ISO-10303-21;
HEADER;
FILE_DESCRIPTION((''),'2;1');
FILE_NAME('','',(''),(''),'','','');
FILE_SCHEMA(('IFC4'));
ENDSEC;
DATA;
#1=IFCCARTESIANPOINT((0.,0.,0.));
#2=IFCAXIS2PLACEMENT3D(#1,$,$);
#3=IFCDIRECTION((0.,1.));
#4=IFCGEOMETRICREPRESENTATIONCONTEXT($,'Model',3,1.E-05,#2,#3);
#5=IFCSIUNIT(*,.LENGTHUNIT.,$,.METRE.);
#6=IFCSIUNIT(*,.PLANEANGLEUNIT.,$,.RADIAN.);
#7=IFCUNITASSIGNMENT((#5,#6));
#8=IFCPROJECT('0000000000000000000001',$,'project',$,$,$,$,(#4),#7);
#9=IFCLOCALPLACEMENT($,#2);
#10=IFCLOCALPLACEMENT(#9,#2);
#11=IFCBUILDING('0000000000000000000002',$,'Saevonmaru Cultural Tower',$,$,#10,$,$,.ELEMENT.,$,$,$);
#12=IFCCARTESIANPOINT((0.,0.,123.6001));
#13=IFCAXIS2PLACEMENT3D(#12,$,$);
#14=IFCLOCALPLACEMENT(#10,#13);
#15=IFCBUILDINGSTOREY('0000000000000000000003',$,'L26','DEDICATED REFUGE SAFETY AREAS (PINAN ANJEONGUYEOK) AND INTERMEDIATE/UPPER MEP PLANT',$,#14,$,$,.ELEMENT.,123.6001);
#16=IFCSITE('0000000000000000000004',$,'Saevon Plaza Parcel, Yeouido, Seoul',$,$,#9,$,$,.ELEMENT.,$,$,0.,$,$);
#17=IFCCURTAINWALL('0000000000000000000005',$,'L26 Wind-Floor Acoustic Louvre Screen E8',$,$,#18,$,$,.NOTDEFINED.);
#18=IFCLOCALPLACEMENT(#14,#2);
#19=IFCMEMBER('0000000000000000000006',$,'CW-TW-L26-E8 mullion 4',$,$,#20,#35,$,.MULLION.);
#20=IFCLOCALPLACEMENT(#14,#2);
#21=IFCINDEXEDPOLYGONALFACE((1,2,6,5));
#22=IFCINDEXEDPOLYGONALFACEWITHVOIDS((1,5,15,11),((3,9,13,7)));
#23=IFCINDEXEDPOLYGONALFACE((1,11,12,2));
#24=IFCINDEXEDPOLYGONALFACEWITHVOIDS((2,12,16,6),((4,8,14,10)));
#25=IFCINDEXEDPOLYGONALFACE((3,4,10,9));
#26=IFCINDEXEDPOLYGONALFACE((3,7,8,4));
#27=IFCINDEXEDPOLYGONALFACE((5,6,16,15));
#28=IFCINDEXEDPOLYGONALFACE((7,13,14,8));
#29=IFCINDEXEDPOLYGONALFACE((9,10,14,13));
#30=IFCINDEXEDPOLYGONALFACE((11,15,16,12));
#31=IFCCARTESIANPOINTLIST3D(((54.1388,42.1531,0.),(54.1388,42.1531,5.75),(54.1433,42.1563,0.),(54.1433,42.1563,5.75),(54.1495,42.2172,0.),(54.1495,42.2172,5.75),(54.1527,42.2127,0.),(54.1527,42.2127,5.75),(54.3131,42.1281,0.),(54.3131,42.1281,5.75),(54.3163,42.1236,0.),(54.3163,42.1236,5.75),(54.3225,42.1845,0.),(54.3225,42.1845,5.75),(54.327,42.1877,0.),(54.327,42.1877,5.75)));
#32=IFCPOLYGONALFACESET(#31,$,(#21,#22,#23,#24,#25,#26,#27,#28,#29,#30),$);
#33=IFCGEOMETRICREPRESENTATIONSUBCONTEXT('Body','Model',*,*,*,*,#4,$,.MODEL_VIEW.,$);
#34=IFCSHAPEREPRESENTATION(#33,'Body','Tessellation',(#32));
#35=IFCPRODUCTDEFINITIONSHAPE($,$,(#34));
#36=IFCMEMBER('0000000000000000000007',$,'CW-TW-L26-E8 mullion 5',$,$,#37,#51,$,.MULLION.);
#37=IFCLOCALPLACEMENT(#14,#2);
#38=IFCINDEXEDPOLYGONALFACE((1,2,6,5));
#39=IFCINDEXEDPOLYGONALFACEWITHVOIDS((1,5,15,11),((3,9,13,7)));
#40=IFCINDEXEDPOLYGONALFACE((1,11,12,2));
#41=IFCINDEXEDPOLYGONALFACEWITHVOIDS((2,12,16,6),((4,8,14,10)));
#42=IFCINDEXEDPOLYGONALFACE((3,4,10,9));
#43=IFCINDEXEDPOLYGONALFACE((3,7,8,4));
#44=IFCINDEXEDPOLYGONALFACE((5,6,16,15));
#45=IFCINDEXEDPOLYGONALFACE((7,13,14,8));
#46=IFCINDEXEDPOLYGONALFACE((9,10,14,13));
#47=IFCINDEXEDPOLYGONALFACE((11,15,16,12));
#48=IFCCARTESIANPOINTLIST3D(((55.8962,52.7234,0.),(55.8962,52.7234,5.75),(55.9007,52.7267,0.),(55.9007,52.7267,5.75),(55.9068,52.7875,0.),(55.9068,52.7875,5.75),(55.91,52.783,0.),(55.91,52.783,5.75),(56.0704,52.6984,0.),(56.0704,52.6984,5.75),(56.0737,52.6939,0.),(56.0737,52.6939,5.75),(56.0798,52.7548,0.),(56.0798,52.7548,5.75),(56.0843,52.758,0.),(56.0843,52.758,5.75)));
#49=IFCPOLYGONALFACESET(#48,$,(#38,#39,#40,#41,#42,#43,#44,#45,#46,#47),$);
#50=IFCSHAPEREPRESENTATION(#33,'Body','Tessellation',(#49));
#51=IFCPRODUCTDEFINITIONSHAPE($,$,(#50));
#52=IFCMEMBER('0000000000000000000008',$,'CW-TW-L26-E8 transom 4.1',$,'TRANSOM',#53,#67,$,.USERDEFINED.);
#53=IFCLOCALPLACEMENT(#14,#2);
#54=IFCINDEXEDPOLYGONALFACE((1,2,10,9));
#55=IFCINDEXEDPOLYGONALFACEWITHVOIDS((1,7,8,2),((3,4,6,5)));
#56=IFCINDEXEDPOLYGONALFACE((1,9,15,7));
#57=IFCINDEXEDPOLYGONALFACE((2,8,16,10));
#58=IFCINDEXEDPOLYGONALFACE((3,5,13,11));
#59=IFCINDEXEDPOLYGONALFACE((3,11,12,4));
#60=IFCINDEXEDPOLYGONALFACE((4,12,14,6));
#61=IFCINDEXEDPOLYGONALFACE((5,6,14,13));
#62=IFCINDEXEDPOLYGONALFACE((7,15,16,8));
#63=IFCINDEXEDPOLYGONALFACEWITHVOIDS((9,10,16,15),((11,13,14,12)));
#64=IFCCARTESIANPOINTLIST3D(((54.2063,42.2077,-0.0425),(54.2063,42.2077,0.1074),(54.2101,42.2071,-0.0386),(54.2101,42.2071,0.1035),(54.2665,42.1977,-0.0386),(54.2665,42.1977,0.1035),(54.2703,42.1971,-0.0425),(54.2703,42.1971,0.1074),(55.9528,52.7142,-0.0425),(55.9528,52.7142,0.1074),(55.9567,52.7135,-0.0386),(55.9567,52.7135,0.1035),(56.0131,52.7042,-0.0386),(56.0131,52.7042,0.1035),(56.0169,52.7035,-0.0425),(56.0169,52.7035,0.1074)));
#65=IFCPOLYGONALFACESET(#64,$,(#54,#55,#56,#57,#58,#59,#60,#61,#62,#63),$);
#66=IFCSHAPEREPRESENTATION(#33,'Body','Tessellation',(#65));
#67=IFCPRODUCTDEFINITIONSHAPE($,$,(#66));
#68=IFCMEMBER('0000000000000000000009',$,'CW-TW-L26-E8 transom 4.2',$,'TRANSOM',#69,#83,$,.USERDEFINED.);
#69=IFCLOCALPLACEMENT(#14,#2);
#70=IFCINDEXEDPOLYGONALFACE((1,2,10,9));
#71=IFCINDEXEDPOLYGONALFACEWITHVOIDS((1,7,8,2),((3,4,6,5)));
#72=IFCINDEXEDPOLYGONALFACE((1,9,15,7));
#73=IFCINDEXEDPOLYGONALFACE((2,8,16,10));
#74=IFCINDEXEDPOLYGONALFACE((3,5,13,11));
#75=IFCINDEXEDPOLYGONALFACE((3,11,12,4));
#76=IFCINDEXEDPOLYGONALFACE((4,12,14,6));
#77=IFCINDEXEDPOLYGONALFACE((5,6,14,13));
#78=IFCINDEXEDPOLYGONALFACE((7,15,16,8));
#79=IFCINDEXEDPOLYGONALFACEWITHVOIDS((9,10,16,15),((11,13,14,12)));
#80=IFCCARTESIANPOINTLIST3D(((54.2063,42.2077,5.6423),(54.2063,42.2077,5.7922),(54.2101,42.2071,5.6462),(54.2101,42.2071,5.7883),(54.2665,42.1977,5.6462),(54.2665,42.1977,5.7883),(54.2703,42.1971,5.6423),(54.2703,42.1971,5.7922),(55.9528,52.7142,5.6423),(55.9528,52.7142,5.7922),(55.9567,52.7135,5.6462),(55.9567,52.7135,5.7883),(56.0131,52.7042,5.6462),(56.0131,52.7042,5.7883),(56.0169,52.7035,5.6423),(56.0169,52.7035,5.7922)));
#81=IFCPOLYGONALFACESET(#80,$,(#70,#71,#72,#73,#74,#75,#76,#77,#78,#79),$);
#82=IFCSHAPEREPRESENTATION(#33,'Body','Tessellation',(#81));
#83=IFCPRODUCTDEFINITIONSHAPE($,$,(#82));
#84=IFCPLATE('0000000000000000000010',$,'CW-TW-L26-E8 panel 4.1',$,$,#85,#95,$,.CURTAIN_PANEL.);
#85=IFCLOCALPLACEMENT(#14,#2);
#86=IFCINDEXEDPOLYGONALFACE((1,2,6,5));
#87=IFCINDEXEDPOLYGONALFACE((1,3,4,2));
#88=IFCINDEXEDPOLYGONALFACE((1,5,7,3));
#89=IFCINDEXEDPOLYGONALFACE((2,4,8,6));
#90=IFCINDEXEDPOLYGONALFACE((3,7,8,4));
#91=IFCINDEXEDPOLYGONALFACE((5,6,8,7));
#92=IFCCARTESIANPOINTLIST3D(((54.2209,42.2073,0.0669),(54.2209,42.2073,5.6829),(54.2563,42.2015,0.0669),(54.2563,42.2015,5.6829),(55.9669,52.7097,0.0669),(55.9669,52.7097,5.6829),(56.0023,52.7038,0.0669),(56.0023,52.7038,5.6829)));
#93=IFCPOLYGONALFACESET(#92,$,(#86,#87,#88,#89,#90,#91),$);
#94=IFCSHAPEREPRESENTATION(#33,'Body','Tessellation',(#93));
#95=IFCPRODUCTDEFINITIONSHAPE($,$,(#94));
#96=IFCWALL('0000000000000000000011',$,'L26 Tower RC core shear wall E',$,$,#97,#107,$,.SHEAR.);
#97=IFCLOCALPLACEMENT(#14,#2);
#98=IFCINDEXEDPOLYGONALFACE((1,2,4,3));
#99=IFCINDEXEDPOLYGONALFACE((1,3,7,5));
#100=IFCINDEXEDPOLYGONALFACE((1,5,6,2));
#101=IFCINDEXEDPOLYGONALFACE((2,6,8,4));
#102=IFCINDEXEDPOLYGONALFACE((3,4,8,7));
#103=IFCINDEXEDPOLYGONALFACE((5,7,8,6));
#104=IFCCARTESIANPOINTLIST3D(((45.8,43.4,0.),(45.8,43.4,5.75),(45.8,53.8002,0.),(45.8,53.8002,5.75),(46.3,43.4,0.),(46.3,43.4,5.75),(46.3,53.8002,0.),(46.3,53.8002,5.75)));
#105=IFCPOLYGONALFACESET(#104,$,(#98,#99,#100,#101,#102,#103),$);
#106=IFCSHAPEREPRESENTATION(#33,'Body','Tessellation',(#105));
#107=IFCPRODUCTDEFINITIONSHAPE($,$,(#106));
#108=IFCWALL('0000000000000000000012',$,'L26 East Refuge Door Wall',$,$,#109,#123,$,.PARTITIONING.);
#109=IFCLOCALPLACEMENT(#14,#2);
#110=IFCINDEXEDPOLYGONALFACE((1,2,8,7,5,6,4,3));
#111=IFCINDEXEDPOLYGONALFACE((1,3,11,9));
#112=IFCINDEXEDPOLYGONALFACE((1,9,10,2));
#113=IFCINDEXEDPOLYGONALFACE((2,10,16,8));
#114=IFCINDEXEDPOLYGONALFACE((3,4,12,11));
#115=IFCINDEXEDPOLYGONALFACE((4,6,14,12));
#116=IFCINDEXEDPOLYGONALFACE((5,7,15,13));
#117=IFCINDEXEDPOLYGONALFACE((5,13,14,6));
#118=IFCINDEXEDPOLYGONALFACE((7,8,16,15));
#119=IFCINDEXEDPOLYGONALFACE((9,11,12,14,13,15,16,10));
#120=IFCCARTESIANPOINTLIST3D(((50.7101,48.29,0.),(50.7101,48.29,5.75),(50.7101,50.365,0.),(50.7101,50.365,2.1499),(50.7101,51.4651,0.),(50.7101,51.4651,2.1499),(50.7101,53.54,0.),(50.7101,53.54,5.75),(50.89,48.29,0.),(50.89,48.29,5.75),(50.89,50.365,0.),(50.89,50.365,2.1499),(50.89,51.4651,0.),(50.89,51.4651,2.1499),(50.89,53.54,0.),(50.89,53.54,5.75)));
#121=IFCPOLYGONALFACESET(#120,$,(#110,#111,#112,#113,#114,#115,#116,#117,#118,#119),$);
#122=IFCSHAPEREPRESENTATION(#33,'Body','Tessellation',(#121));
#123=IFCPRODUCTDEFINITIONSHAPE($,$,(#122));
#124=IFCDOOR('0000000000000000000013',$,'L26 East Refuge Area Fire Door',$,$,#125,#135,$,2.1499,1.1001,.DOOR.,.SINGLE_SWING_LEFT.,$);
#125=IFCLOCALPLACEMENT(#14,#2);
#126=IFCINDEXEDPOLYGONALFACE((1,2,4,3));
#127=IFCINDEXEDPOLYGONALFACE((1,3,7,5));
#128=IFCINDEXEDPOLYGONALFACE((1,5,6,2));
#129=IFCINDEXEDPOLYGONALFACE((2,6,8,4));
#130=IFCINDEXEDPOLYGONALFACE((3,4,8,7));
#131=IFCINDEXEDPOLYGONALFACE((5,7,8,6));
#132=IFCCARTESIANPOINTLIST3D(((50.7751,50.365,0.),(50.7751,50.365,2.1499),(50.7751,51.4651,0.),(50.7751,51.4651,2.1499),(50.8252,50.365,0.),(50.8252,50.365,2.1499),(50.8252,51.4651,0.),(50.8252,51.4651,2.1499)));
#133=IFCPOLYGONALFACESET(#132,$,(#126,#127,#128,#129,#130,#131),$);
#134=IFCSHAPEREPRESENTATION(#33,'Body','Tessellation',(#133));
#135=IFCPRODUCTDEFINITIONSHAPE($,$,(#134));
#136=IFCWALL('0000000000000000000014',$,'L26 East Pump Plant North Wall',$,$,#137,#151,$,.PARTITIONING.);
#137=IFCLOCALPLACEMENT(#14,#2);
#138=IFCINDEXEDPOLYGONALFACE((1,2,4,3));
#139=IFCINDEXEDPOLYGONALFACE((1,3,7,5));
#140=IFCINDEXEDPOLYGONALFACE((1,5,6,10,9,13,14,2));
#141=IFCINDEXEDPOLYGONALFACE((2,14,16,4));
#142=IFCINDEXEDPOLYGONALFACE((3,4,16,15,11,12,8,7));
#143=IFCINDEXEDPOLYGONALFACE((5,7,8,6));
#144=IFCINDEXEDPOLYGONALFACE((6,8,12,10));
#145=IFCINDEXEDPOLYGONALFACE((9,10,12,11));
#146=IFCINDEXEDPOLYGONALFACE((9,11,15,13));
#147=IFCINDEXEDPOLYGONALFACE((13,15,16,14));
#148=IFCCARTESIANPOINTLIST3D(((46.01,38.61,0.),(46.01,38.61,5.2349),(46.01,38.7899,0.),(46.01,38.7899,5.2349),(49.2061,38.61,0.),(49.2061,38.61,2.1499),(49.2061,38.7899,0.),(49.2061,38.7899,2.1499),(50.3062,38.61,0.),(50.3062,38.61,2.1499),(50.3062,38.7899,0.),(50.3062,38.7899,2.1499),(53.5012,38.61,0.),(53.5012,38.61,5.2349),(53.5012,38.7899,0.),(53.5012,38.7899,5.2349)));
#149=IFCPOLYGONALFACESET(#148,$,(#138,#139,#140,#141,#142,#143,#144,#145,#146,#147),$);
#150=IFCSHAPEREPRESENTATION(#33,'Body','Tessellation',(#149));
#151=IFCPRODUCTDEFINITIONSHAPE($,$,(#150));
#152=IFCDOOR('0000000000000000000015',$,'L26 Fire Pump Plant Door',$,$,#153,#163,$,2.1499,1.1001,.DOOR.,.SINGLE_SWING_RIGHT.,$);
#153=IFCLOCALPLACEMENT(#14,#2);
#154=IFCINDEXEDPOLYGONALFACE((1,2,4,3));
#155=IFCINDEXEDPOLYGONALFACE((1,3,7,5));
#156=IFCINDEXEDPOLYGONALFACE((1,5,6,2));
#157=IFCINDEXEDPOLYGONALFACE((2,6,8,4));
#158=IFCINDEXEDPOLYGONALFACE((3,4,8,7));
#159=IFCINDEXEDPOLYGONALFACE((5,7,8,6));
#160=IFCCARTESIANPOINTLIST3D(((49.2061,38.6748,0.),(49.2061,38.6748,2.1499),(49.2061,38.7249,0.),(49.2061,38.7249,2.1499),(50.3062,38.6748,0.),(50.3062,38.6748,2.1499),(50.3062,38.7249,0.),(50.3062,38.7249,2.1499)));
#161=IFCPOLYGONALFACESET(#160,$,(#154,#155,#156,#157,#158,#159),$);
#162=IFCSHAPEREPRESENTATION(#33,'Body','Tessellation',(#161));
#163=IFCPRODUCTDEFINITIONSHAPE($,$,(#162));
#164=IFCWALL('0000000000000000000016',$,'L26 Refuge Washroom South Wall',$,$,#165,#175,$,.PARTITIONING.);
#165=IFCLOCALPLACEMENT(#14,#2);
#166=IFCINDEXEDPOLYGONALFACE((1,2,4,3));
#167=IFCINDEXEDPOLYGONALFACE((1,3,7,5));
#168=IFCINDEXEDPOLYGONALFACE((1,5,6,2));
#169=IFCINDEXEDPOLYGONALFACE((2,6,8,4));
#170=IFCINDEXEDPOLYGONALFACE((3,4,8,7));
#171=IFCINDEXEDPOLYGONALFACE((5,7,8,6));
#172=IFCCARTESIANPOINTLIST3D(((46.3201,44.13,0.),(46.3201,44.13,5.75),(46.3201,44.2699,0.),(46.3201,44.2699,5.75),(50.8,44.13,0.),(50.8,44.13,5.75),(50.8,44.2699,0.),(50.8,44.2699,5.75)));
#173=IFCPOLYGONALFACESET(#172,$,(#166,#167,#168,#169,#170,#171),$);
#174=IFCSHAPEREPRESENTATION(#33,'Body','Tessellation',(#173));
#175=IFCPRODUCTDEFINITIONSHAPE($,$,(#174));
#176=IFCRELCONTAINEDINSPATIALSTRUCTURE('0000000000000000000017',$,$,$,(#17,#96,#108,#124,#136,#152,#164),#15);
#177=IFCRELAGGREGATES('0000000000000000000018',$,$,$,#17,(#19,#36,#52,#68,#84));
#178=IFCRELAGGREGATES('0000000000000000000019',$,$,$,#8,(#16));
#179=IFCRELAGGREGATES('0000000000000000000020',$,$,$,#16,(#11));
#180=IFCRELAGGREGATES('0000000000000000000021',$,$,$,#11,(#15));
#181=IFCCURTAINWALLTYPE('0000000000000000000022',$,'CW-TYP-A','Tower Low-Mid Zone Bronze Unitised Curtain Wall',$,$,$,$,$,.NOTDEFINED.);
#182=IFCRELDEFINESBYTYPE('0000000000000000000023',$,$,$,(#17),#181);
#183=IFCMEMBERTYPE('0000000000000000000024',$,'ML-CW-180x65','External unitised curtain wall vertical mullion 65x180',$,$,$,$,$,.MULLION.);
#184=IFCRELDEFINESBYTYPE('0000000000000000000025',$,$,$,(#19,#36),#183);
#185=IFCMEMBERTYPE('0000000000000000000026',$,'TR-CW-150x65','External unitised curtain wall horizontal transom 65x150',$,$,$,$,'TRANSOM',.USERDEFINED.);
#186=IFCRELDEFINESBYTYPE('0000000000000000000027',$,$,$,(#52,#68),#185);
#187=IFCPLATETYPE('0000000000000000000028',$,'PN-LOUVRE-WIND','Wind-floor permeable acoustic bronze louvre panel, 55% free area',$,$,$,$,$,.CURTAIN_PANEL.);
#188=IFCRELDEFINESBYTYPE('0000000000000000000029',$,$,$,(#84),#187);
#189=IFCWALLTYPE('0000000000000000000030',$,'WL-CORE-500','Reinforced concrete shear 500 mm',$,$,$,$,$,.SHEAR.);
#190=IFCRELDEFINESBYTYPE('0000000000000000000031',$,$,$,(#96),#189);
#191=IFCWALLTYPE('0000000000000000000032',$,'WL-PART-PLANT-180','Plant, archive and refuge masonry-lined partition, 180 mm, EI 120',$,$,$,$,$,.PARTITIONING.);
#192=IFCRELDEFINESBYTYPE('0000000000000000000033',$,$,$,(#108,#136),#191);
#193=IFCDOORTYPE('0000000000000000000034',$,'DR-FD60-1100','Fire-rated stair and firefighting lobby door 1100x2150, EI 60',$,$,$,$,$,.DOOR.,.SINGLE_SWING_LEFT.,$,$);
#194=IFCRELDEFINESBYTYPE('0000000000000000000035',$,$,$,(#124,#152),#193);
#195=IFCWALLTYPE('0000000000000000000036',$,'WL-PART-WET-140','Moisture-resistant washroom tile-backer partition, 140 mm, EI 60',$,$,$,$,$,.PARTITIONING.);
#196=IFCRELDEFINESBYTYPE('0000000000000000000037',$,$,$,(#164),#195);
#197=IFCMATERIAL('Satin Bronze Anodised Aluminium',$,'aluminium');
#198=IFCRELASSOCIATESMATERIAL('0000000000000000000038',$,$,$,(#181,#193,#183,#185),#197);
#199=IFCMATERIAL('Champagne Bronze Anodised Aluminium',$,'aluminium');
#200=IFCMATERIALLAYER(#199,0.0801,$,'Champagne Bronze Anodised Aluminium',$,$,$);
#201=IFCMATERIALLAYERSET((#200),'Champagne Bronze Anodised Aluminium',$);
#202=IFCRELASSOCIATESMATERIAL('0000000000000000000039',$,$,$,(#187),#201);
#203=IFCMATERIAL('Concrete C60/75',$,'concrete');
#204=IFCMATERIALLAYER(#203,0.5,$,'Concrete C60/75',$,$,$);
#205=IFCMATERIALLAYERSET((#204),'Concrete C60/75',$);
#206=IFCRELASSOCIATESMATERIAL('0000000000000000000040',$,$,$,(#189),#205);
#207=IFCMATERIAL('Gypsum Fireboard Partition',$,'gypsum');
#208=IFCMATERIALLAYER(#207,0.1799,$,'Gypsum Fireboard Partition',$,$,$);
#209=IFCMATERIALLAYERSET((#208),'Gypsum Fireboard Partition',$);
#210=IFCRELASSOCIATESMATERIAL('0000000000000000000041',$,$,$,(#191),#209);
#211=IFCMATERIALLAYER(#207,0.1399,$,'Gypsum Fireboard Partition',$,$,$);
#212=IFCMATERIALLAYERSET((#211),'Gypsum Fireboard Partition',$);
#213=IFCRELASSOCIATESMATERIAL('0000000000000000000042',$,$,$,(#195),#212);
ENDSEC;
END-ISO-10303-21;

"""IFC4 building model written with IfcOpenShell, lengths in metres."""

from ifc_helpers import new_model, si_unit, direction, frame, frame_2d, origin, origin_2d, place, context, subcontext, project, spatial, rectangle, hollow_rectangle, extrude, material, layer, layer_set, material_profile, profile_set, type_object, element, fill, aggregate, save


model = new_model("IFC4")

# Units and contexts
model_context = context("Model", 3, precision=1e-05, world=origin(), true_north=direction((0.0, 1.0)))
body_context = subcontext(model_context, "Body", "Model", "MODEL_VIEW")
ifc_project = project(units=[si_unit("LENGTHUNIT", "METRE"), si_unit("PLANEANGLEUNIT", "RADIAN")], contexts=[model_context])

# Site, building, storey
site_placement = place(None, origin())
site = spatial("IfcSite", under=ifc_project, at=site_placement, Name="Saevon Plaza Parcel, Yeouido, Seoul", CompositionType="ELEMENT", RefElevation=0.0)
building_placement = place(site_placement, origin())
building = spatial("IfcBuilding", under=site, at=building_placement, Name="Saevonmaru Cultural Tower", CompositionType="ELEMENT")
storey_placement = place(building_placement, frame((0.0, 0.0, 123.6001)))
storey = spatial("IfcBuildingStorey", under=building, at=storey_placement, Name="L26", Description="DEDICATED REFUGE SAFETY AREAS (PINAN ANJEONGUYEOK) AND INTERMEDIATE/UPPER MEP PLANT", CompositionType="ELEMENT", Elevation=123.6001)

# Curtain wall, members, plate
ifc_material_1 = material(Name="Satin Bronze Anodised Aluminium", Category="aluminium")
curtain_wall_type = type_object("IfcCurtainWallType", Name="CW-TYP-A", Description="Tower Low-Mid Zone Bronze Unitised Curtain Wall", PredefinedType="NOTDEFINED", material=ifc_material_1)
curtain_wall_placement = place(storey_placement, origin())
curtain_wall = element("IfcCurtainWall", 1, at=curtain_wall_placement, inside=storey, type_object=curtain_wall_type, Name="L26 Wind-Floor Acoustic Louvre Screen E8", PredefinedType="NOTDEFINED")
ifc_material_profile_1 = material_profile(ifc_material_1, hollow_rectangle(XDim=0.0649, YDim=0.1799, WallThickness=0.0039, at=origin_2d()), Name="ALU-MULL-180x65x4")
ifc_profile_set_1 = profile_set([ifc_material_profile_1], Name="Satin Bronze Anodised Aluminium")
member_type_1 = type_object("IfcMemberType", Name="ML-CW-180x65", Description="External unitised curtain wall vertical mullion 65x180", PredefinedType="MULLION", material=ifc_profile_set_1)
member_1_placement = place(storey_placement, frame((54.2329, 42.1704, 0.0), z_axis=(0.0, 0.0, 1.0), x_axis=(0.163999, 0.986461, 0.0)))
member_1 = element("IfcMember", 2, at=member_1_placement, type_object=member_type_1, Name="CW-TW-L26-E8 mullion 4", PredefinedType="MULLION", context=body_context, shape_type="SweptSolid", body=[
    extrude(hollow_rectangle(XDim=0.0649, YDim=0.1799, WallThickness=0.0039, at=origin_2d()), origin(), (0.0, 0.0, 1.0), 5.75),
])
member_2_placement = place(storey_placement, frame((55.9902, 52.7407, 0.0), z_axis=(0.0, 0.0, 1.0), x_axis=(0.163999, 0.986461, 0.0)))
member_2 = element("IfcMember", 3, at=member_2_placement, type_object=member_type_1, Name="CW-TW-L26-E8 mullion 5", PredefinedType="MULLION", context=body_context, shape_type="SweptSolid", body=[
    extrude(hollow_rectangle(XDim=0.0649, YDim=0.1799, WallThickness=0.0039, at=origin_2d()), origin(), (0.0, 0.0, 1.0), 5.75),
])
ifc_material_profile_2 = material_profile(ifc_material_1, hollow_rectangle(XDim=0.0649, YDim=0.1499, WallThickness=0.0039, at=origin_2d()), Name="ALU-TRAN-150x65x4")
ifc_profile_set_2 = profile_set([ifc_material_profile_2], Name="Satin Bronze Anodised Aluminium")
member_type_2 = type_object("IfcMemberType", Name="TR-CW-150x65", Description="External unitised curtain wall horizontal transom 65x150", ElementType="TRANSOM", PredefinedType="USERDEFINED", material=ifc_profile_set_2)
member_3_placement = place(storey_placement, frame((54.2383, 42.2024, 0.0325), z_axis=(0.16399, 0.986462, 0.0), x_axis=(-0.986462, 0.16399, 0.0)))
member_3 = element("IfcMember", 4, at=member_3_placement, type_object=member_type_2, Name="CW-TW-L26-E8 transom 4.1", ObjectType="TRANSOM", PredefinedType="USERDEFINED", context=body_context, shape_type="SweptSolid", body=[
    extrude(hollow_rectangle(XDim=0.0649, YDim=0.1499, WallThickness=0.0039, at=origin_2d()), origin(), (0.0, 0.0, 1.0), 10.6506),
])
member_4_placement = place(storey_placement, frame((54.2383, 42.2024, 5.7173), z_axis=(0.16399, 0.986462, 0.0), x_axis=(-0.986462, 0.16399, 0.0)))
member_4 = element("IfcMember", 5, at=member_4_placement, type_object=member_type_2, Name="CW-TW-L26-E8 transom 4.2", ObjectType="TRANSOM", PredefinedType="USERDEFINED", context=body_context, shape_type="SweptSolid", body=[
    extrude(hollow_rectangle(XDim=0.0649, YDim=0.1499, WallThickness=0.0039, at=origin_2d()), origin(), (0.0, 0.0, 1.0), 10.6506),
])
ifc_material_2 = material(Name="Champagne Bronze Anodised Aluminium", Category="aluminium")
ifc_layer_1 = layer(ifc_material_2, 0.0801, Name="Champagne Bronze Anodised Aluminium")
ifc_layer_set_1 = layer_set([ifc_layer_1], Name="Champagne Bronze Anodised Aluminium")
plate_type = type_object("IfcPlateType", Name="PN-LOUVRE-WIND", Description="Wind-floor permeable acoustic bronze louvre panel, 55% free area", PredefinedType="CURTAIN_PANEL", material=ifc_layer_set_1)
plate_placement = place(storey_placement, frame((55.1116, 47.4556, 0.0669), z_axis=(0.0, 0.0, 1.0), x_axis=(0.163999, 0.986461, 0.0)))
plate = element("IfcPlate", 6, at=plate_placement, type_object=plate_type, Name="CW-TW-L26-E8 panel 4.1", PredefinedType="CURTAIN_PANEL", context=body_context, shape_type="SweptSolid", body=[
    extrude(rectangle(XDim=10.6465, YDim=0.0359, at=origin_2d()), origin(), (0.0, 0.0, 1.0), 5.616),
])
aggregate(curtain_wall, [member_1, member_2, member_3, member_4, plate])

# Wall
ifc_material_3 = material(Name="Concrete C60/75", Category="concrete")
ifc_layer_2 = layer(ifc_material_3, 0.5, Name="Concrete C60/75")
ifc_layer_set_2 = layer_set([ifc_layer_2], Name="Concrete C60/75")
wall_type_1 = type_object("IfcWallType", Name="WL-CORE-500", Description="Reinforced concrete shear 500 mm", PredefinedType="SHEAR", material=ifc_layer_set_2)
wall_1_placement = place(storey_placement, frame((46.05, 43.3999, 0.0), z_axis=(0.0, 0.0, 1.0), x_axis=(0.0, 1.0, 0.0)))
element("IfcWall", 7, at=wall_1_placement, inside=storey, type_object=wall_type_1, Name="L26 Tower RC core shear wall E", PredefinedType="SHEAR", context=body_context, shape_type="SweptSolid", body=[
    extrude(rectangle(XDim=10.4001, YDim=0.5, at=frame_2d((5.2002, 0.0))), origin(), (0.0, 0.0, 1.0), 5.75),
])

# Walls, openings, doors
ifc_material_4 = material(Name="Gypsum Fireboard Partition", Category="gypsum")
ifc_layer_3 = layer(ifc_material_4, 0.1799, Name="Gypsum Fireboard Partition")
ifc_layer_set_3 = layer_set([ifc_layer_3], Name="Gypsum Fireboard Partition")
wall_type_2 = type_object("IfcWallType", Name="WL-PART-PLANT-180", Description="Plant, archive and refuge masonry-lined partition, 180 mm, EI 120", PredefinedType="PARTITIONING", material=ifc_layer_set_3)
wall_2_placement = place(storey_placement, frame((50.8, 48.29, 0.0), z_axis=(0.0, 0.0, 1.0), x_axis=(0.0, 1.0, 0.0)))
wall_2 = element("IfcWall", 8, at=wall_2_placement, inside=storey, type_object=wall_type_2, Name="L26 East Refuge Door Wall", PredefinedType="PARTITIONING", context=body_context, shape_type="SweptSolid", body=[
    extrude(rectangle(XDim=5.25, YDim=0.1799, at=frame_2d((2.625, 0.0))), origin(), (0.0, 0.0, 1.0), 5.75),
])
opening_1_placement = place(wall_2_placement, frame((2.075, 0.0, 0.0)))
opening_1 = element("IfcOpeningElement", 9, at=opening_1_placement, cuts=wall_2, PredefinedType="OPENING", context=body_context, shape_type="SweptSolid", body=[
    extrude(rectangle(XDim=1.1001, YDim=2.1499, at=frame_2d((0.55, 1.075))), frame((0.0, 0.1001, 0.0), z_axis=(0.0, -1.0, 0.0), x_axis=(1.0, 0.0, 0.0)), (0.0, 0.0, 1.0), 0.2),
])
door_type_1 = type_object("IfcDoorType", Name="DR-FD60-1100", Description="Fire-rated stair and firefighting lobby door 1100x2150, EI 60", OperationType="SINGLE_SWING_LEFT", PredefinedType="DOOR", material=ifc_material_1)
door_1_placement = place(opening_1_placement, origin())
door_1 = element("IfcDoor", 10, at=door_1_placement, inside=storey, type_object=door_type_1, Name="L26 East Refuge Area Fire Door", OperationType="SINGLE_SWING_LEFT", OverallHeight=2.1499, OverallWidth=1.1001, PredefinedType="DOOR", context=body_context, shape_type="SweptSolid", body=[
    extrude(rectangle(XDim=1.1001, YDim=2.1499, at=frame_2d((0.55, 1.075))), frame((0.0, 0.0249, 0.0), z_axis=(0.0, -1.0, 0.0), x_axis=(1.0, 0.0, 0.0)), (0.0, 0.0, 1.0), 0.05),
])
fill(opening_1, door_1)
wall_3_placement = place(storey_placement, frame((46.01, 38.7, 0.0), z_axis=(0.0, 0.0, 1.0), x_axis=(1.0, 0.0, 0.0)))
wall_3 = element("IfcWall", 11, at=wall_3_placement, inside=storey, type_object=wall_type_2, Name="L26 East Pump Plant North Wall", PredefinedType="PARTITIONING", context=body_context, shape_type="SweptSolid", body=[
    extrude(rectangle(XDim=7.4912, YDim=0.1799, at=frame_2d((3.7456, 0.0))), origin(), (0.0, 0.0, 1.0), 5.2349),
])
opening_2_placement = place(wall_3_placement, frame((3.196, 0.0, 0.0)))
opening_2 = element("IfcOpeningElement", 12, at=opening_2_placement, cuts=wall_3, PredefinedType="OPENING", context=body_context, shape_type="SweptSolid", body=[
    extrude(rectangle(XDim=1.1001, YDim=2.1499, at=frame_2d((0.55, 1.075))), frame((0.0, 0.1001, 0.0), z_axis=(0.0, -1.0, 0.0), x_axis=(1.0, 0.0, 0.0)), (0.0, 0.0, 1.0), 0.2),
])
door_2_placement = place(opening_2_placement, origin())
door_2 = element("IfcDoor", 13, at=door_2_placement, inside=storey, type_object=door_type_1, Name="L26 Fire Pump Plant Door", OperationType="SINGLE_SWING_RIGHT", OverallHeight=2.1499, OverallWidth=1.1001, PredefinedType="DOOR", context=body_context, shape_type="SweptSolid", body=[
    extrude(rectangle(XDim=1.1001, YDim=2.1499, at=frame_2d((0.55, 1.075))), frame((0.0, 0.0249, 0.0), z_axis=(0.0, -1.0, 0.0), x_axis=(1.0, 0.0, 0.0)), (0.0, 0.0, 1.0), 0.05),
])
fill(opening_2, door_2)

# Wall
ifc_layer_4 = layer(ifc_material_4, 0.1399, Name="Gypsum Fireboard Partition")
ifc_layer_set_4 = layer_set([ifc_layer_4], Name="Gypsum Fireboard Partition")
wall_type_3 = type_object("IfcWallType", Name="WL-PART-WET-140", Description="Moisture-resistant washroom tile-backer partition, 140 mm, EI 60", PredefinedType="PARTITIONING", material=ifc_layer_set_4)
for number, where, z_axis, x_axis, name in (
    (14, (46.3201, 44.2, 0.0), (0.0, 0.0, 1.0), (1.0, 0.0, 0.0), "L26 Refuge Washroom South Wall"),
):
    element("IfcWall", number, at=place(storey_placement, frame(where, z_axis=z_axis, x_axis=x_axis)), inside=storey, type_object=wall_type_3, Name=name, PredefinedType="PARTITIONING", context=body_context, shape_type="SweptSolid", body=[
        extrude(rectangle(XDim=4.48, YDim=0.1399, at=frame_2d((2.24, 0.0))), origin(), (0.0, 0.0, 1.0), 5.75),
    ])

save(model, "model.ifc")
